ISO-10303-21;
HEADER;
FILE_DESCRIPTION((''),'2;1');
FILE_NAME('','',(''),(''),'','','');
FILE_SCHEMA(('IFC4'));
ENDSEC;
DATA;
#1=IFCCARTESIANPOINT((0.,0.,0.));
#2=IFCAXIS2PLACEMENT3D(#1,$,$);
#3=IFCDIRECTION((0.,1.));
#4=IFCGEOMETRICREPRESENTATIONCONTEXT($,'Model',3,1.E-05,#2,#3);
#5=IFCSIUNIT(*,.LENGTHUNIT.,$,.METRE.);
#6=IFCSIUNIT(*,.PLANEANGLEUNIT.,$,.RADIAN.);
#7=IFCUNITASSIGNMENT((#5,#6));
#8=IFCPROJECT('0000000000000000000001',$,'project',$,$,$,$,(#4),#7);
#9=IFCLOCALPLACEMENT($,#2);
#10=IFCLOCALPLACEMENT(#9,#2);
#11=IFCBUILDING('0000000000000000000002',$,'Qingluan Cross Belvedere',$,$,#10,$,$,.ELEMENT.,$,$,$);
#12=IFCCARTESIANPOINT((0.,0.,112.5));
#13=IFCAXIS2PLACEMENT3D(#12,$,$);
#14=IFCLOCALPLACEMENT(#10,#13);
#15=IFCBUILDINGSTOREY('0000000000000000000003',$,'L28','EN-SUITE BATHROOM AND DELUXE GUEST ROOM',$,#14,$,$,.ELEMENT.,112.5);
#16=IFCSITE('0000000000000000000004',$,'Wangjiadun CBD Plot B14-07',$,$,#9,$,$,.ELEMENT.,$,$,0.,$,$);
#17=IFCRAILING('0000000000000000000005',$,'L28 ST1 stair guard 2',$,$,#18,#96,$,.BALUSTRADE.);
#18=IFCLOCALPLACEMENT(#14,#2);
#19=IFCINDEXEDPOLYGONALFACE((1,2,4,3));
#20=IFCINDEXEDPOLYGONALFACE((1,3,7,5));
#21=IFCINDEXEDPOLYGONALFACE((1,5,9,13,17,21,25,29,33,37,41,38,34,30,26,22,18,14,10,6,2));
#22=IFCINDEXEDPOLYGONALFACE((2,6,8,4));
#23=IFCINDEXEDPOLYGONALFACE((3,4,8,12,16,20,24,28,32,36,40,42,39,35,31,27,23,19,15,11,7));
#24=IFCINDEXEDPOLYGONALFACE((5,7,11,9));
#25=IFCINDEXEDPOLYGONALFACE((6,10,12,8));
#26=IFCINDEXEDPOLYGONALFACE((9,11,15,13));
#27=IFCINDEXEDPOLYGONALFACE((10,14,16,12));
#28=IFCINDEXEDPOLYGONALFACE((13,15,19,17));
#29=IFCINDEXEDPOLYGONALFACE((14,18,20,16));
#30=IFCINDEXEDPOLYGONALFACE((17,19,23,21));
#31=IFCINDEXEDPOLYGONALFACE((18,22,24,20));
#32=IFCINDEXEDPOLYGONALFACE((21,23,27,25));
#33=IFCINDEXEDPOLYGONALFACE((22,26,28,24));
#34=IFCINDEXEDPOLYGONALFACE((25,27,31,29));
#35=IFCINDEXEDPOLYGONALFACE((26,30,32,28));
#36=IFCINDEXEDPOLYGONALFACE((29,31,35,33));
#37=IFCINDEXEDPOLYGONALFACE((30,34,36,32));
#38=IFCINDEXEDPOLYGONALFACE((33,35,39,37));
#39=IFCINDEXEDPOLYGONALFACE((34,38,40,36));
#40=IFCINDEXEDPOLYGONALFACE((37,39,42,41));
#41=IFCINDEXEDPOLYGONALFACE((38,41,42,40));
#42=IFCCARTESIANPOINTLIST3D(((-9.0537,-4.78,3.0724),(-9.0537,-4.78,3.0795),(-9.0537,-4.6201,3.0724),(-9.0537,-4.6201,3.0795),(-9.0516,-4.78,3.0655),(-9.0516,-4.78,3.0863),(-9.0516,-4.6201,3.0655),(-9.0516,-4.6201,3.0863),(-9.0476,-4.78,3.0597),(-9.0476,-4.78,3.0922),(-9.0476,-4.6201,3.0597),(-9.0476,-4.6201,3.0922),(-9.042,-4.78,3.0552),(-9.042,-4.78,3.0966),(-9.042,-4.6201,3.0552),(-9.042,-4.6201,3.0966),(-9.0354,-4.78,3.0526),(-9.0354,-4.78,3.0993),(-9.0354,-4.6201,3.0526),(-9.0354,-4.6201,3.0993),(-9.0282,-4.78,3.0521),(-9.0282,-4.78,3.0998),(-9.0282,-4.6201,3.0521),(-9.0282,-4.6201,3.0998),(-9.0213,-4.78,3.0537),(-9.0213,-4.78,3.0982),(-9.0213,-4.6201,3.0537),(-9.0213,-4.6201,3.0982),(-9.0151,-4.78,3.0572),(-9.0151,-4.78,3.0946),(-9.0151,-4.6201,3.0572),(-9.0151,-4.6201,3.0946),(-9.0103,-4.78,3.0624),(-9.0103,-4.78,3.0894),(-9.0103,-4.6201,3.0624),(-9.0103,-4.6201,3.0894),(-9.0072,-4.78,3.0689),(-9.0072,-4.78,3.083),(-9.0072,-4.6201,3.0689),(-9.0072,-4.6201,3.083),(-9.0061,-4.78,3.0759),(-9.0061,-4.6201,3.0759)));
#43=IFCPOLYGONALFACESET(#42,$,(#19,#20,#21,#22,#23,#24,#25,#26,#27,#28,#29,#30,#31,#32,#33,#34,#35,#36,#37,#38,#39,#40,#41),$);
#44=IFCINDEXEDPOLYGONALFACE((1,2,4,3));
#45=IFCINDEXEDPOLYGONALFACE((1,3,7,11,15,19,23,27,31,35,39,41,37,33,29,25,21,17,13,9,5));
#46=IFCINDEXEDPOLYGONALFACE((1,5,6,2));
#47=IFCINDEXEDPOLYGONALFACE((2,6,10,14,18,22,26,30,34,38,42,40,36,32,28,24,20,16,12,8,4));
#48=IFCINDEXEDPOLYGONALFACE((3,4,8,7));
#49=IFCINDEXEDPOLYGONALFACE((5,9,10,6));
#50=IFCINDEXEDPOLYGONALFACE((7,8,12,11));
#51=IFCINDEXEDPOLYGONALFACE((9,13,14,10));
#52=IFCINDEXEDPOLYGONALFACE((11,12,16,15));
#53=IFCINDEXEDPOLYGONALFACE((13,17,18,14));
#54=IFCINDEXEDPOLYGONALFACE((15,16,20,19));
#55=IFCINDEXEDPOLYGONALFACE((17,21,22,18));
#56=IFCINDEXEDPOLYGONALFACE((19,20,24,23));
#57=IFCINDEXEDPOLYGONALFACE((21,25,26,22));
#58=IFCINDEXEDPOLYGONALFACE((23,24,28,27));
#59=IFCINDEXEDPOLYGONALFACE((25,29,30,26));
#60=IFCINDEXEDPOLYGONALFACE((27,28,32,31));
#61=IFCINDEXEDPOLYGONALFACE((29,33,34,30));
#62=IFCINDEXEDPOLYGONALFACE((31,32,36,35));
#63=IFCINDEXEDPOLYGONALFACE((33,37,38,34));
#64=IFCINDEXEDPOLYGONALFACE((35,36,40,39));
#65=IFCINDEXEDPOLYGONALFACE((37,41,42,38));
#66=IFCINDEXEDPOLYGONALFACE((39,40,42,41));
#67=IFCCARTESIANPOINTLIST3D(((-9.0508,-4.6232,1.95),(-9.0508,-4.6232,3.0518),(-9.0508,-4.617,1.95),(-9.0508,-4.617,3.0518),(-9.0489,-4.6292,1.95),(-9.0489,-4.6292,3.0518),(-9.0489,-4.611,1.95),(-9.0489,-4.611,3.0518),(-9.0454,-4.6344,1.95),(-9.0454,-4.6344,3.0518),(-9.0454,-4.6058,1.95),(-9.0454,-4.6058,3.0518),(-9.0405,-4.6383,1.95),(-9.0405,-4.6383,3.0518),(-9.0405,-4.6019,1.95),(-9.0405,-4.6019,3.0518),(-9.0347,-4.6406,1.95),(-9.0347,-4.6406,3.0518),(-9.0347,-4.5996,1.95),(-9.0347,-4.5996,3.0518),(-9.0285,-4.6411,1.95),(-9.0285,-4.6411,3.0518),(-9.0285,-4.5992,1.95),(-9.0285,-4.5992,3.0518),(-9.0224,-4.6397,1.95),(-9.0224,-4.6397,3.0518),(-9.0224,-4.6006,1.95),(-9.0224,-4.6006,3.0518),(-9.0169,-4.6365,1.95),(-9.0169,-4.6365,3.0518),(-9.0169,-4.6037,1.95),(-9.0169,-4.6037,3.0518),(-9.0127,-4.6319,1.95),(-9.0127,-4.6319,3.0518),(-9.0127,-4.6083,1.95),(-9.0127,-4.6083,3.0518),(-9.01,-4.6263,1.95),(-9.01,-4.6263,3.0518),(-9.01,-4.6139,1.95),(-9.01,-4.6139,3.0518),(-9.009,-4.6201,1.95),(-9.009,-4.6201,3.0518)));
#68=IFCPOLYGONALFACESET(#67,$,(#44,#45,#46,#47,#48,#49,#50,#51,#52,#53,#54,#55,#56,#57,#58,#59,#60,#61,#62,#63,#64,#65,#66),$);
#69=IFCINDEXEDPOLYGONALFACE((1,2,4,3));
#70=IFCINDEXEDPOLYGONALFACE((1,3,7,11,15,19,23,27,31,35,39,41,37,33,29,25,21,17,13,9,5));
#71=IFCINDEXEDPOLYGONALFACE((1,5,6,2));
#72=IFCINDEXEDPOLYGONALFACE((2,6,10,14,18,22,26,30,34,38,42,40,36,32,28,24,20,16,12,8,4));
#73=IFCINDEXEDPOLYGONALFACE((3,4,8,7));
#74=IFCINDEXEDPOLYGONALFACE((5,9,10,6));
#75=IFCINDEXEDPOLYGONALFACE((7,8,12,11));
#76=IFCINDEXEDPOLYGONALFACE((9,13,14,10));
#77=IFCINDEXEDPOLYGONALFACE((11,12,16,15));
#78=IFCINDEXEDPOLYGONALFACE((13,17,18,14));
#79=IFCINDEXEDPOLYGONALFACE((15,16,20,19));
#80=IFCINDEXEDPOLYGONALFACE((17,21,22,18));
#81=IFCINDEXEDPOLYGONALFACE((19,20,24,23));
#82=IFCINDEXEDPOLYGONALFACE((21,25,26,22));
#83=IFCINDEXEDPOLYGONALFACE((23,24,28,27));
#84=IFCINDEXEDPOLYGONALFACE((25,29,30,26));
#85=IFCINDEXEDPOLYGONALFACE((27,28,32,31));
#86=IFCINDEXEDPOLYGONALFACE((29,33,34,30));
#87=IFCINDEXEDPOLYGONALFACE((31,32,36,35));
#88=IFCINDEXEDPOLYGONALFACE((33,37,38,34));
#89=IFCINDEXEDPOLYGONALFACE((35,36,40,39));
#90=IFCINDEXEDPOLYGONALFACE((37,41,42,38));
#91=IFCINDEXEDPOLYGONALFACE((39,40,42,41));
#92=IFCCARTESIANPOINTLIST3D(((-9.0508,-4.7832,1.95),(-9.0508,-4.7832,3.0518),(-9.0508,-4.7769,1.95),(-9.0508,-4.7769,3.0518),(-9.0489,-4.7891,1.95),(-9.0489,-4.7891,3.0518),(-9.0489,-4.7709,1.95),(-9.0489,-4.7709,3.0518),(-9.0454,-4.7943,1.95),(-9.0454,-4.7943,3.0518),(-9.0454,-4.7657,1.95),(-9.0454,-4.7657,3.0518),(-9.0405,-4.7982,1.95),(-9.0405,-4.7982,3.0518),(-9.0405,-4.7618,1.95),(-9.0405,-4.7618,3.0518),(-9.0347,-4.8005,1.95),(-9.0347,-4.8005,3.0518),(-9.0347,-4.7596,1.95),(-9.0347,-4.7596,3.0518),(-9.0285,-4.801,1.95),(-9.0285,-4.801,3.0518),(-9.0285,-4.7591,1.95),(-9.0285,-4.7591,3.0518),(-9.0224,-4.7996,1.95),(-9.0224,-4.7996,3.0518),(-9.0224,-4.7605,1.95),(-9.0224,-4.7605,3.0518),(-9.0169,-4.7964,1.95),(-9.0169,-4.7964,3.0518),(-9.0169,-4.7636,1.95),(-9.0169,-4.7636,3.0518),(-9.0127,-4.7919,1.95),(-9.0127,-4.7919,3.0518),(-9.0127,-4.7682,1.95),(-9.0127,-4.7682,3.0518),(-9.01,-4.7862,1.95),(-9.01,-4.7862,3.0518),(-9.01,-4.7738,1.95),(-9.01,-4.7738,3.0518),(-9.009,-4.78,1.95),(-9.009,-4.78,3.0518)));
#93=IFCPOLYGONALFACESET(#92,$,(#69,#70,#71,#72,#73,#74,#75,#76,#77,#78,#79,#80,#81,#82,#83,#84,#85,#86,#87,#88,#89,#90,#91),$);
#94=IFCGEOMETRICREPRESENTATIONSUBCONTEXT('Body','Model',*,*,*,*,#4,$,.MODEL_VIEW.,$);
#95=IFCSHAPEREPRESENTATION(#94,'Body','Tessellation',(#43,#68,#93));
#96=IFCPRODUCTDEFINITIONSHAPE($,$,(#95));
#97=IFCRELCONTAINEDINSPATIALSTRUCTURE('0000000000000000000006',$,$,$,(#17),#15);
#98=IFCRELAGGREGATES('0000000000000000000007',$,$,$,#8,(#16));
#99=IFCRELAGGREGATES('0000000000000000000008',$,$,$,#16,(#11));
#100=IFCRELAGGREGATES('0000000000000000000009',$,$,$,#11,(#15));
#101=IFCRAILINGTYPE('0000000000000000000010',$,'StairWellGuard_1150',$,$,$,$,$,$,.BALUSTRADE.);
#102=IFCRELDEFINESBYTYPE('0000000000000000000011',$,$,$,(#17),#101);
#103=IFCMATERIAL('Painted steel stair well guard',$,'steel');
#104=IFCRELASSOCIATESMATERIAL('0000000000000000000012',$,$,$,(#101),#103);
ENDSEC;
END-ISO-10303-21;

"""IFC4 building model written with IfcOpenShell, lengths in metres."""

from ifc_helpers import new_model, si_unit, direction, frame, origin, origin_2d, place, context, subcontext, project, spatial, circle, extrude, material, type_object, element, save


model = new_model("IFC4")

# Units and contexts
model_context = context("Model", 3, precision=1e-05, world=origin(), true_north=direction((0.0, 1.0)))
body_context = subcontext(model_context, "Body", "Model", "MODEL_VIEW")
ifc_project = project(units=[si_unit("LENGTHUNIT", "METRE"), si_unit("PLANEANGLEUNIT", "RADIAN")], contexts=[model_context])

# Site, building, storey
site_placement = place(None, origin())
site = spatial("IfcSite", under=ifc_project, at=site_placement, Name="Wangjiadun CBD Plot B14-07", CompositionType="ELEMENT", RefElevation=0.0)
building_placement = place(site_placement, origin())
building = spatial("IfcBuilding", under=site, at=building_placement, Name="Qingluan Cross Belvedere", CompositionType="ELEMENT")
storey_placement = place(building_placement, frame((0.0, 0.0, 112.5)))
storey = spatial("IfcBuildingStorey", under=building, at=storey_placement, Name="L28", Description="EN-SUITE BATHROOM AND DELUXE GUEST ROOM", CompositionType="ELEMENT", Elevation=112.5)

# Railing
ifc_material_1 = material(Name="Painted steel stair well guard", Category="steel")
railing_type_1 = type_object("IfcRailingType", Name="StairWellGuard_1150", PredefinedType="BALUSTRADE", material=ifc_material_1)
railing_1_placement = place(storey_placement, frame((-9.03, -4.6201, 1.95)))
element("IfcRailing", 1, at=railing_1_placement, inside=storey, type_object=railing_type_1, Name="L28 ST1 stair guard 2", PredefinedType="BALUSTRADE", context=body_context, shape_type="SweptSolid", body=[
    extrude(circle(Radius=0.0239, at=origin_2d()), frame((0.0, 0.0, 1.126), z_axis=(0.0, -1.0, 0.0), x_axis=(1.0, 0.0, 0.0)), (0.0, 0.0, 1.0), 0.1599),
    extrude(circle(Radius=0.021, at=origin_2d()), origin(), (0.0, 0.0, 1.0), 1.1018),
    extrude(circle(Radius=0.021, at=origin_2d()), frame((0.0, -0.1599, 0.0)), (0.0, 0.0, 1.0), 1.1018),
])

save(model, "model.ifc")
